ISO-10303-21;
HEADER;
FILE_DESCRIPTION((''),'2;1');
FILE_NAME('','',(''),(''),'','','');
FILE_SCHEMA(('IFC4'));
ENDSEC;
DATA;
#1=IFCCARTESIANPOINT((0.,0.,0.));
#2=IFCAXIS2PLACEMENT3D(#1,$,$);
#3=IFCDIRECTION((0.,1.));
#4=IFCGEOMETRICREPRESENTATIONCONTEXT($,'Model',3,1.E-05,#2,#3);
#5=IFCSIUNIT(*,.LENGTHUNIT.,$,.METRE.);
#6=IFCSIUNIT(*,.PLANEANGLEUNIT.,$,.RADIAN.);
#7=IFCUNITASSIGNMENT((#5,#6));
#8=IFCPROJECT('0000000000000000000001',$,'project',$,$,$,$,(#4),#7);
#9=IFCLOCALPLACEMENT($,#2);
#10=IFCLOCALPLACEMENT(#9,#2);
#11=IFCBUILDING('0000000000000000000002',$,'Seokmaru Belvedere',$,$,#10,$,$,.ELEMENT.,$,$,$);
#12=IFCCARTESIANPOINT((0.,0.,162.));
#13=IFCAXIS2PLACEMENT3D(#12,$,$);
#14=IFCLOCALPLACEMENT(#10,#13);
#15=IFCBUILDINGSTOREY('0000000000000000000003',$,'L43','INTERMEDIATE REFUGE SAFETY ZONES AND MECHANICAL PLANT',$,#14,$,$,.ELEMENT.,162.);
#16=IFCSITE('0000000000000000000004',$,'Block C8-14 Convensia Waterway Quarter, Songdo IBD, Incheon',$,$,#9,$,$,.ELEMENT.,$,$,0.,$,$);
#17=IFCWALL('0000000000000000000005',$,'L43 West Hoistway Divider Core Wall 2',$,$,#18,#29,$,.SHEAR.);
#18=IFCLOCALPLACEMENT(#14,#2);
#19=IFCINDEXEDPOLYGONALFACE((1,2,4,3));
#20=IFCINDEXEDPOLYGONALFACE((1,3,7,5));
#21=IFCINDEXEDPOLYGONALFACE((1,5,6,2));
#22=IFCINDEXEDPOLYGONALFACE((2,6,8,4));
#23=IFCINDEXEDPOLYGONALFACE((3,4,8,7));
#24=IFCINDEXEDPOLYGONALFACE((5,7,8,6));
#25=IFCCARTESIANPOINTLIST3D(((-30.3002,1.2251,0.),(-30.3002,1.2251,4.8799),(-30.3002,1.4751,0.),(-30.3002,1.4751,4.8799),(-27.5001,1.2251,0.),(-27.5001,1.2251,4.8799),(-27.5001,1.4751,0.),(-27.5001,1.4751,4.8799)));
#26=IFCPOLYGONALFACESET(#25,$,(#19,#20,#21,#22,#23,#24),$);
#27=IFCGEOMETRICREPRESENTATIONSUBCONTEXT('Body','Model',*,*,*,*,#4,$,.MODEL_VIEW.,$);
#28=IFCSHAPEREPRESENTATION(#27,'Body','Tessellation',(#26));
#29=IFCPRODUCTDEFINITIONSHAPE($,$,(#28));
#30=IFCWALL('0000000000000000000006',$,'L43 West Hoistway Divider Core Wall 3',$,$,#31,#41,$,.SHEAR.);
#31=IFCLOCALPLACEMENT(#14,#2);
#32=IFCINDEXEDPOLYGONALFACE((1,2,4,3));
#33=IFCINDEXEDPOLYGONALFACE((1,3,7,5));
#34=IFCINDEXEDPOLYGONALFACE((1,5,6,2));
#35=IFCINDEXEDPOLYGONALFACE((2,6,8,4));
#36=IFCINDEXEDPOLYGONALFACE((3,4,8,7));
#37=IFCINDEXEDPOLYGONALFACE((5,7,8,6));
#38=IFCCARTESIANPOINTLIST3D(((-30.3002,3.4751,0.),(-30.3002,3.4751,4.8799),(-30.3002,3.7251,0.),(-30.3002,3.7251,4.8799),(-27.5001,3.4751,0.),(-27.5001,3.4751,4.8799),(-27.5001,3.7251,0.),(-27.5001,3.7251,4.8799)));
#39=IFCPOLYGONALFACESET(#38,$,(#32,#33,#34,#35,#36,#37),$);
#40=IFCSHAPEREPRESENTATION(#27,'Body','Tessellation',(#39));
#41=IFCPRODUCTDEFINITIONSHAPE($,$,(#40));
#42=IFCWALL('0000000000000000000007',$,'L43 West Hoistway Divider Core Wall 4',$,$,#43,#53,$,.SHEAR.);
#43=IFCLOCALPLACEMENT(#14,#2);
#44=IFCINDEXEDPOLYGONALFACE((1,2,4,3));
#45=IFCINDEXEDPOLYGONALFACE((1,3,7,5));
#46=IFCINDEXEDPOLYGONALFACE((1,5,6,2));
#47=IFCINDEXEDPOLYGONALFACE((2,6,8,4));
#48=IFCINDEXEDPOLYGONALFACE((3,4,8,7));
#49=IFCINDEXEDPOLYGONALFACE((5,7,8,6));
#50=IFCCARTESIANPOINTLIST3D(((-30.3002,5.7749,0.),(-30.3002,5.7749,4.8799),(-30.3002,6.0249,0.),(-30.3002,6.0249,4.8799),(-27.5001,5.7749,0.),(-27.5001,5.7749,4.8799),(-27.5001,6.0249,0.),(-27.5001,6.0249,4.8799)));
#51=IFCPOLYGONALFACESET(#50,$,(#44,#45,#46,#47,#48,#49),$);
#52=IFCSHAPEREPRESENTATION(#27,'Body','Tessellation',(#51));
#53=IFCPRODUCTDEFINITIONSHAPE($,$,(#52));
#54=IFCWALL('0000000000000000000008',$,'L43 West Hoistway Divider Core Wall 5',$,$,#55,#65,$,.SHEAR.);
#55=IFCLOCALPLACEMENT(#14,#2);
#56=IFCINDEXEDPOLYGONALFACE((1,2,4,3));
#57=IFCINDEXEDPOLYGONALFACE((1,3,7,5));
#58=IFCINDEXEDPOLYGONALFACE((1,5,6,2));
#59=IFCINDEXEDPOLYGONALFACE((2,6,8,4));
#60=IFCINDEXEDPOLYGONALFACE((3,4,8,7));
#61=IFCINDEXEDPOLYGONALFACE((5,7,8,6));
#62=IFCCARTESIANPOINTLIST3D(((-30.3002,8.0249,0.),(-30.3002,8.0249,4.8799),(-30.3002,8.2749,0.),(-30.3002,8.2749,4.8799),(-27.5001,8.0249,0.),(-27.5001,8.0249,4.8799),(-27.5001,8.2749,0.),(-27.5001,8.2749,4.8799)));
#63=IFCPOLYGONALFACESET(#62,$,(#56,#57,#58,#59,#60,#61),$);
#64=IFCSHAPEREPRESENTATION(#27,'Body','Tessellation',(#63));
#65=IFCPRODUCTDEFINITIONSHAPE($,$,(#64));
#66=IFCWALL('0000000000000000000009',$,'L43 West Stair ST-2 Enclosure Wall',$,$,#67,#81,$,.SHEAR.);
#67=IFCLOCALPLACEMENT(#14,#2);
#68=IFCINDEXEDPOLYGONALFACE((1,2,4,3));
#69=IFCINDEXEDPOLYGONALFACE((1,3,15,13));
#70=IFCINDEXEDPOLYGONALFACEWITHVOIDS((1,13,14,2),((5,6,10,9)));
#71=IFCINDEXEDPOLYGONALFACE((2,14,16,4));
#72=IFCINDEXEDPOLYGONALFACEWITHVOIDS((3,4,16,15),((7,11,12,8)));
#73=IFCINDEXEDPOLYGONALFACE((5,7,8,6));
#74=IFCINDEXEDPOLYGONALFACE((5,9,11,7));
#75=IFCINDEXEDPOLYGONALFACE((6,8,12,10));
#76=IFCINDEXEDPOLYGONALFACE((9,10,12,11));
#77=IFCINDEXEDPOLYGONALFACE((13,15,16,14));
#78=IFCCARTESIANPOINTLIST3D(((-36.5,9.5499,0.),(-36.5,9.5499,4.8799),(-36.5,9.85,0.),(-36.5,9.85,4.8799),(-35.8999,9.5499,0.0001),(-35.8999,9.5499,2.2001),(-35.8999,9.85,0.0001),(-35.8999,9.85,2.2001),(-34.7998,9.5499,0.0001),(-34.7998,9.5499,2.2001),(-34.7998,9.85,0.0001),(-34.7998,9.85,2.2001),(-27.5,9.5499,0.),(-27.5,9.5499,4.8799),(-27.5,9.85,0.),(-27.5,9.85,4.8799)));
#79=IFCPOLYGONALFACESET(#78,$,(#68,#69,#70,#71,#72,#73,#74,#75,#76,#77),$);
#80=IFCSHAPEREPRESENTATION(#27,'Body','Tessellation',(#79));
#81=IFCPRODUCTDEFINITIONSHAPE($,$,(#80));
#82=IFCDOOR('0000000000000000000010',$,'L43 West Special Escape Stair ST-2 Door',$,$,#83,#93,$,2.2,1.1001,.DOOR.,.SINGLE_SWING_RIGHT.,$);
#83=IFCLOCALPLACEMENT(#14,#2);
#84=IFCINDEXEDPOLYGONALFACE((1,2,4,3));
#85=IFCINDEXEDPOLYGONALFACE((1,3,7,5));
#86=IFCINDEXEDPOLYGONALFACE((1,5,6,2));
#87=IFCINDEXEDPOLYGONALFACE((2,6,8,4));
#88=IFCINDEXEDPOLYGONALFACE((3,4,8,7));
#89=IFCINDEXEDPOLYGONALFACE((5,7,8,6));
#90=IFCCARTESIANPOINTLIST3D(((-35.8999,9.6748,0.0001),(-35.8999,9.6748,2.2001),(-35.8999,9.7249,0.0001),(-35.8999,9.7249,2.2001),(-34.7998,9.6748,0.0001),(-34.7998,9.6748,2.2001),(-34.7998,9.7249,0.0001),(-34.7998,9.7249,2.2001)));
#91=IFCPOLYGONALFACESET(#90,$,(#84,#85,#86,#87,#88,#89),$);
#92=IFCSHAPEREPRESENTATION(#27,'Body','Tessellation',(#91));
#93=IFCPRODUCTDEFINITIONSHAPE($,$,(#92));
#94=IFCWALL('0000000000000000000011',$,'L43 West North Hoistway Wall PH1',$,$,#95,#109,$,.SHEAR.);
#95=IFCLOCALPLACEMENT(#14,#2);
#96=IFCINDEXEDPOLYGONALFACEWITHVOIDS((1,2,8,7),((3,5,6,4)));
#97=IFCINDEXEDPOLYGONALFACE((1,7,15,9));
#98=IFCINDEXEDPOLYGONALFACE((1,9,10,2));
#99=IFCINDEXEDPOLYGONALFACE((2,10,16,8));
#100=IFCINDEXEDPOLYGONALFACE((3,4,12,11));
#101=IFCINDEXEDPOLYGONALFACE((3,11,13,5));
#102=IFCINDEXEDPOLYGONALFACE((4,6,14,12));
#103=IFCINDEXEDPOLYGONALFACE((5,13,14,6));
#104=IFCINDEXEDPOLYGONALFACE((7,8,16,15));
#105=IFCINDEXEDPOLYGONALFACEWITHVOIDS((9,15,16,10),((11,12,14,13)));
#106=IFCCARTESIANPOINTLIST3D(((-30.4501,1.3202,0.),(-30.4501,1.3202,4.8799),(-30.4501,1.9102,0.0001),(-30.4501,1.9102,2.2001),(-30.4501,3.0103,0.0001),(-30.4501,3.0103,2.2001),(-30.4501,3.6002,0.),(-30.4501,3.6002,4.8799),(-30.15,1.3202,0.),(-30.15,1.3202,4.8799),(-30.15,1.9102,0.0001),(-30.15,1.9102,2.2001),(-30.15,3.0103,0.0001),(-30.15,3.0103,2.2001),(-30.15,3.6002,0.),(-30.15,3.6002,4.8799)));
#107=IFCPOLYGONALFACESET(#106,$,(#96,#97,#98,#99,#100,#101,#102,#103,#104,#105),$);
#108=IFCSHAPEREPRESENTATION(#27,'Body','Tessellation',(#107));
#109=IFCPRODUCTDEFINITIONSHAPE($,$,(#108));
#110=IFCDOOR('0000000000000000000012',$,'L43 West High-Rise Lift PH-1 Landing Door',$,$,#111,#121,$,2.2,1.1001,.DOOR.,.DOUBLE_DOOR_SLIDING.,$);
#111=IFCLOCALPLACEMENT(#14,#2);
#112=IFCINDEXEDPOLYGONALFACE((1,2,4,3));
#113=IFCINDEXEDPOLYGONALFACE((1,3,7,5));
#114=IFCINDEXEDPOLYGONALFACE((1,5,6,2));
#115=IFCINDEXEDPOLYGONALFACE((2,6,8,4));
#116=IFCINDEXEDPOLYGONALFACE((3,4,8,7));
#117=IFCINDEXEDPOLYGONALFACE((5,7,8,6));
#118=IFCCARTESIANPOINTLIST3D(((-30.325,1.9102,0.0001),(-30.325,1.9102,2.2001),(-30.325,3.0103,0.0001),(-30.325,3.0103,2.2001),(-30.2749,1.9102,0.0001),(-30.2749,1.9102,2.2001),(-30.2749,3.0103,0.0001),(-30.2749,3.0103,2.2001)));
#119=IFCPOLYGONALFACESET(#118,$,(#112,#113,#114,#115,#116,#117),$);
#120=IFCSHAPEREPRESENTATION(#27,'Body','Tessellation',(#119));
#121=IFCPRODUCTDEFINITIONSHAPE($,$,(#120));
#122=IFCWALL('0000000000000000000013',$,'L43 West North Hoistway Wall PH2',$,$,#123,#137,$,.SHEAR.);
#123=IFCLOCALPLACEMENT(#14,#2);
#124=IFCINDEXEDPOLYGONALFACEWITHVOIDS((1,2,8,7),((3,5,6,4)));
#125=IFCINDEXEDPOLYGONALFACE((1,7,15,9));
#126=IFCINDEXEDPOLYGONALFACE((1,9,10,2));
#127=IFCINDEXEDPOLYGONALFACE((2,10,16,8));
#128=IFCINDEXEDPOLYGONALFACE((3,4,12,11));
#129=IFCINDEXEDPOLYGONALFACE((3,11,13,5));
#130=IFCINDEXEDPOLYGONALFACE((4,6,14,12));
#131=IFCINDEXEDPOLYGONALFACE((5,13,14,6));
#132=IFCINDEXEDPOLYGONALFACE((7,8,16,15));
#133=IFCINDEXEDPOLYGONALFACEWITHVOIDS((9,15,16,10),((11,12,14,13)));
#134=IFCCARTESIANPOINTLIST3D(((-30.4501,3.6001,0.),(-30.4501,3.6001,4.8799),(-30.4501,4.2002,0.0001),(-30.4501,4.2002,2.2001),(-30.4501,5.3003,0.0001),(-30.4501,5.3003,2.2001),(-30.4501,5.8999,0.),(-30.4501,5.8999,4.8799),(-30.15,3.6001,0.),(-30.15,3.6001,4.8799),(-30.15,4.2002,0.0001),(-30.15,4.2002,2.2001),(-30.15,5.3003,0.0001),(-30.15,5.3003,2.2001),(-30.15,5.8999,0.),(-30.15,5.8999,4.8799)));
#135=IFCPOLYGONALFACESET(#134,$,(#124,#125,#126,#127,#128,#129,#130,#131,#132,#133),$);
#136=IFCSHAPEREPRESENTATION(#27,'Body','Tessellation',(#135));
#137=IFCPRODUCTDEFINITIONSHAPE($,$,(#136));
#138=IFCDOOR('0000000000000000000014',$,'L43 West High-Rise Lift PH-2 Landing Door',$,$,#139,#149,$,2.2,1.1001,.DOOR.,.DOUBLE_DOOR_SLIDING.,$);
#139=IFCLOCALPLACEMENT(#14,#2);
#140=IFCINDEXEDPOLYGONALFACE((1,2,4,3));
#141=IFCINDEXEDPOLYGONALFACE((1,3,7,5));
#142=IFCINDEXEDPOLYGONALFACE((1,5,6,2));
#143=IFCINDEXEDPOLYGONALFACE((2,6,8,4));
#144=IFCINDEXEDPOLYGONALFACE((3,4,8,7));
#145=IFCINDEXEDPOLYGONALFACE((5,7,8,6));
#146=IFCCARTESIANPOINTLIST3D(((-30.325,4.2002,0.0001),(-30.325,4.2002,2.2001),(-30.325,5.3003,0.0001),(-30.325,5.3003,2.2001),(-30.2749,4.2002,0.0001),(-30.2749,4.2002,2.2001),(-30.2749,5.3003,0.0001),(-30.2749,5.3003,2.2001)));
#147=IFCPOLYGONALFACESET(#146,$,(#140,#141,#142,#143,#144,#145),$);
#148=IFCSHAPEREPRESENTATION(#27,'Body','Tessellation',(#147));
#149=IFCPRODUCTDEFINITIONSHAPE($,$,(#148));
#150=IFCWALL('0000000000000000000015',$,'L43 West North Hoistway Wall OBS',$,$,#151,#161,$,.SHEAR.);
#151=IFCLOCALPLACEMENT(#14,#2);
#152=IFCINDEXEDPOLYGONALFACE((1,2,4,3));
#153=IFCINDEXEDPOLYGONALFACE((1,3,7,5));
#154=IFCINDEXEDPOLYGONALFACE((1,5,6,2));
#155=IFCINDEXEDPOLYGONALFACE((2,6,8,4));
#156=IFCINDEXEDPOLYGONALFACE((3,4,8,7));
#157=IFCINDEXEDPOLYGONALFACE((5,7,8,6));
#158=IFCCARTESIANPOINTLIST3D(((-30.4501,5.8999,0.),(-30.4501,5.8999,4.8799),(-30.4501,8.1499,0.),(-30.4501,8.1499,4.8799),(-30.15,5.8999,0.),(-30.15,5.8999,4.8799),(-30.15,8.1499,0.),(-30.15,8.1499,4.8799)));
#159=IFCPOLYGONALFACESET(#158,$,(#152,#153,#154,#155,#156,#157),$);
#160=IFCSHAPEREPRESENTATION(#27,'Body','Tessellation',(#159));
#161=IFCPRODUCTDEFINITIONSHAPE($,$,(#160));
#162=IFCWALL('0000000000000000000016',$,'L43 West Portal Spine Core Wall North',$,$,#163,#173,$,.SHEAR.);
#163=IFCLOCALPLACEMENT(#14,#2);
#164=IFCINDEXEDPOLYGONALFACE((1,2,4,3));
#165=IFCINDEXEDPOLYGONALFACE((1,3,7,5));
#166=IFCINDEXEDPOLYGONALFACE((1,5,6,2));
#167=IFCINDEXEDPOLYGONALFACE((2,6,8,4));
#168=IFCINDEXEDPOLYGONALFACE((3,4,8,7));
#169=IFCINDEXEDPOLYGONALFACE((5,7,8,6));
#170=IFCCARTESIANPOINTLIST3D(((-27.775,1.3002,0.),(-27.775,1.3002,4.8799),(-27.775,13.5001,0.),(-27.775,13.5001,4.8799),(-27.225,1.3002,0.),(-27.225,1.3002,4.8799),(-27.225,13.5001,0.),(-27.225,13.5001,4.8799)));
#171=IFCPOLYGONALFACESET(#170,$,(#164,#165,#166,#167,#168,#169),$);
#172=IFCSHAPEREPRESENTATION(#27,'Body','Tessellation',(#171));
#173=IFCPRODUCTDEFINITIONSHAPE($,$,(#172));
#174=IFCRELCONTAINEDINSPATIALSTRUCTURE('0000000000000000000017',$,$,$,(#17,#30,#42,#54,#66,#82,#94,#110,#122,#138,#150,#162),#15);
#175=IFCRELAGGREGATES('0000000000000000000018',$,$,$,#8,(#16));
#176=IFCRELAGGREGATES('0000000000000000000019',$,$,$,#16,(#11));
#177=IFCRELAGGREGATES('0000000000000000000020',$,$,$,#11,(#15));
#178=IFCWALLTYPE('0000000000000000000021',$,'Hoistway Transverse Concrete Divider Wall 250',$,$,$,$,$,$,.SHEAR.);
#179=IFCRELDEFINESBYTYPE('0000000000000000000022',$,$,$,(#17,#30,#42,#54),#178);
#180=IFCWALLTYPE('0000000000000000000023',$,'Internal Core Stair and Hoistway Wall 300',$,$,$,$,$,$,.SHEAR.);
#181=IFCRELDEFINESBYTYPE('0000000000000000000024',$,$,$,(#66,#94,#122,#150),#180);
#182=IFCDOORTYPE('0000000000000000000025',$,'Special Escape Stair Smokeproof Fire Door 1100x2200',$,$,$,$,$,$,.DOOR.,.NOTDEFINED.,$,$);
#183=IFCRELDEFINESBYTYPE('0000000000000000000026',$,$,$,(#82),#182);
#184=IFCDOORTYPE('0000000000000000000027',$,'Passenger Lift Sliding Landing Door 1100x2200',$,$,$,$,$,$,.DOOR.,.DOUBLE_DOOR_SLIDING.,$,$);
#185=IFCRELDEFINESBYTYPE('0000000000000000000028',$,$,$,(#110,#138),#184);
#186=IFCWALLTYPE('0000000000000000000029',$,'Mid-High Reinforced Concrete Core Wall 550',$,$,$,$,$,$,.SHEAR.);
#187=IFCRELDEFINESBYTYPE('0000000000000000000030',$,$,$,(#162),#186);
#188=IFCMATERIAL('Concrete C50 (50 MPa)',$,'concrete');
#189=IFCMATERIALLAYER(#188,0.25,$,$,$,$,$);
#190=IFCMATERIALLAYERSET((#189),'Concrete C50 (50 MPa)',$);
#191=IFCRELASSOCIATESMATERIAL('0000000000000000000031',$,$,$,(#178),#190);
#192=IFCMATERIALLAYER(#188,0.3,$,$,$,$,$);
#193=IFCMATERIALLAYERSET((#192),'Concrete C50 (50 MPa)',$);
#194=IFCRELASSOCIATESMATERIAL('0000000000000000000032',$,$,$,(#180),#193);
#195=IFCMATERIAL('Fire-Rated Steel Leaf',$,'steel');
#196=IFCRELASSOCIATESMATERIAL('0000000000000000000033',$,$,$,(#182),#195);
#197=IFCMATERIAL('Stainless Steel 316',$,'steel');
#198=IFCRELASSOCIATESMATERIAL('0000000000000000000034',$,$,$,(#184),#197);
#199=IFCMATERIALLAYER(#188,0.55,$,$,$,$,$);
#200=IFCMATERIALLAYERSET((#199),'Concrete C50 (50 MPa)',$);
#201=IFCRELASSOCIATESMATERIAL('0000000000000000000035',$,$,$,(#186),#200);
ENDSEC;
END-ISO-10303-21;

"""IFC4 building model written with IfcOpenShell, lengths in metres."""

from ifc_helpers import new_model, si_unit, direction, frame, frame_2d, origin, place, context, subcontext, project, spatial, rectangle, extrude, source, transform, mapped, material, layer, layer_set, type_object, type_shapes, element, fill, save


model = new_model("IFC4")

# Units and contexts
model_context = context("Model", 3, precision=1e-05, world=origin(), true_north=direction((0.0, 1.0)))
body_context = subcontext(model_context, "Body", "Model", "MODEL_VIEW")
ifc_project = project(units=[si_unit("LENGTHUNIT", "METRE"), si_unit("PLANEANGLEUNIT", "RADIAN")], contexts=[model_context])

# Site, building, storey
site_placement = place(None, origin())
site = spatial("IfcSite", under=ifc_project, at=site_placement, Name="Block C8-14 Convensia Waterway Quarter, Songdo IBD, Incheon", CompositionType="ELEMENT", RefElevation=0.0)
building_placement = place(site_placement, origin())
building = spatial("IfcBuilding", under=site, at=building_placement, Name="Seokmaru Belvedere", CompositionType="ELEMENT")
storey_placement = place(building_placement, frame((0.0, 0.0, 162.0)))
storey = spatial("IfcBuildingStorey", under=building, at=storey_placement, Name="L43", Description="INTERMEDIATE REFUGE SAFETY ZONES AND MECHANICAL PLANT", CompositionType="ELEMENT", Elevation=162.0)

# Shared definitions
ifc_material_1 = material(Name="Fire-Rated Steel Leaf", Category="steel")

# Walls
ifc_material_2 = material(Name="Concrete C50 (50 MPa)", Category="concrete")
ifc_layer_1 = layer(ifc_material_2, 0.25)
ifc_layer_set_1 = layer_set([ifc_layer_1], Name="Concrete C50 (50 MPa)")
wall_type_1 = type_object("IfcWallType", Name="Hoistway Transverse Concrete Divider Wall 250", PredefinedType="SHEAR", material=ifc_layer_set_1)
for number, where, z_axis, x_axis, name in (
    (1, (-30.3, 1.3501, 0.0), (0.0, 0.0, 1.0), (1.0, 0.0, 0.0), "L43 West Hoistway Divider Core Wall 2"),
    (2, (-30.3, 3.6001, 0.0), (0.0, 0.0, 1.0), (1.0, 0.0, 0.0), "L43 West Hoistway Divider Core Wall 3"),
    (3, (-30.3, 5.8999, 0.0), (0.0, 0.0, 1.0), (1.0, 0.0, 0.0), "L43 West Hoistway Divider Core Wall 4"),
    (4, (-30.3, 8.1499, 0.0), (0.0, 0.0, 1.0), (1.0, 0.0, 0.0), "L43 West Hoistway Divider Core Wall 5"),
):
    element("IfcWall", number, at=place(storey_placement, frame(where, z_axis=z_axis, x_axis=x_axis)), inside=storey, type_object=wall_type_1, Name=name, PredefinedType="SHEAR", context=body_context, shape_type="SweptSolid", body=[
        extrude(rectangle(XDim=2.8, YDim=0.25, at=frame_2d((1.3999, 0.0))), origin(), (0.0, 0.0, 1.0), 4.8799),
    ])

# Walls, openings, doors
ifc_layer_2 = layer(ifc_material_2, 0.3)
ifc_layer_set_2 = layer_set([ifc_layer_2], Name="Concrete C50 (50 MPa)")
wall_type_2 = type_object("IfcWallType", Name="Internal Core Stair and Hoistway Wall 300", PredefinedType="SHEAR", material=ifc_layer_set_2)
wall_1_placement = place(storey_placement, frame((-36.5, 9.7, 0.0), z_axis=(0.0, 0.0, 1.0), x_axis=(1.0, 0.0, 0.0)))
wall_1 = element("IfcWall", 5, at=wall_1_placement, inside=storey, type_object=wall_type_2, Name="L43 West Stair ST-2 Enclosure Wall", PredefinedType="SHEAR", context=body_context, shape_type="SweptSolid", body=[
    extrude(rectangle(XDim=9.0, YDim=0.3, at=frame_2d((4.5, 0.0))), origin(), (0.0, 0.0, 1.0), 4.8799),
])
opening_1_placement = place(wall_1_placement, frame((0.6001, 0.0, 0.0)))
opening_1 = element("IfcOpeningElement", 6, at=opening_1_placement, cuts=wall_1, PredefinedType="OPENING", context=body_context, shape_type="SweptSolid", body=[
    extrude(rectangle(XDim=1.1001, YDim=2.2, at=frame_2d((0.55, 1.1001))), frame((0.0, 0.1602, 0.0), z_axis=(0.0, -1.0, 0.0), x_axis=(1.0, 0.0, 0.0)), (0.0, 0.0, 1.0), 0.3201),
])
door_type_1 = type_object("IfcDoorType", Name="Special Escape Stair Smokeproof Fire Door 1100x2200", OperationType="NOTDEFINED", PredefinedType="DOOR", material=ifc_material_1)
shared_shape_1 = source(origin(), body_context, "Body", "SweptSolid", [
    extrude(rectangle(XDim=1.1001, YDim=2.2, at=frame_2d((0.55, 1.1001))), frame((0.0, 0.0249, 0.0), z_axis=(0.0, -1.0, 0.0), x_axis=(1.0, 0.0, 0.0)), (0.0, 0.0, 1.0), 0.05),
])
type_shapes(door_type_1, [shared_shape_1])
door_1_placement = place(opening_1_placement, origin())
door_1 = element("IfcDoor", 7, at=door_1_placement, inside=storey, type_object=door_type_1, Name="L43 West Special Escape Stair ST-2 Door", OperationType="SINGLE_SWING_RIGHT", OverallHeight=2.2, OverallWidth=1.1001, PredefinedType="DOOR", context=body_context, shape_type="MappedRepresentation", body=[
    mapped(shared_shape_1, transform((0.0, 0.0, 0.0), scale=1.0)),
])
fill(opening_1, door_1)
wall_2_placement = place(storey_placement, frame((-30.3, 1.3201, 0.0), z_axis=(0.0, 0.0, 1.0), x_axis=(0.0, 1.0, 0.0)))
wall_2 = element("IfcWall", 8, at=wall_2_placement, inside=storey, type_object=wall_type_2, Name="L43 West North Hoistway Wall PH1", PredefinedType="SHEAR", context=body_context, shape_type="SweptSolid", body=[
    extrude(rectangle(XDim=2.28, YDim=0.3, at=frame_2d((1.1401, 0.0))), origin(), (0.0, 0.0, 1.0), 4.8799),
])
opening_2_placement = place(wall_2_placement, frame((0.5901, 0.0, 0.0)))
opening_2 = element("IfcOpeningElement", 9, at=opening_2_placement, cuts=wall_2, PredefinedType="OPENING", context=body_context, shape_type="SweptSolid", body=[
    extrude(rectangle(XDim=1.1001, YDim=2.2, at=frame_2d((0.55, 1.1001))), frame((0.0, 0.1602, 0.0), z_axis=(0.0, -1.0, 0.0), x_axis=(1.0, 0.0, 0.0)), (0.0, 0.0, 1.0), 0.3201),
])
ifc_material_3 = material(Name="Stainless Steel 316", Category="steel")
door_type_2 = type_object("IfcDoorType", Name="Passenger Lift Sliding Landing Door 1100x2200", OperationType="DOUBLE_DOOR_SLIDING", PredefinedType="DOOR", material=ifc_material_3)
shared_shape_2 = source(origin(), body_context, "Body", "SweptSolid", [
    extrude(rectangle(XDim=1.1001, YDim=2.2, at=frame_2d((0.55, 1.1001))), frame((0.0, 0.0249, 0.0), z_axis=(0.0, -1.0, 0.0), x_axis=(1.0, 0.0, 0.0)), (0.0, 0.0, 1.0), 0.05),
])
type_shapes(door_type_2, [shared_shape_2])
door_2_placement = place(opening_2_placement, origin())
door_2 = element("IfcDoor", 10, at=door_2_placement, inside=storey, type_object=door_type_2, Name="L43 West High-Rise Lift PH-1 Landing Door", OperationType="DOUBLE_DOOR_SLIDING", OverallHeight=2.2, OverallWidth=1.1001, PredefinedType="DOOR", context=body_context, shape_type="MappedRepresentation", body=[
    mapped(shared_shape_2, transform((0.0, 0.0, 0.0), scale=1.0)),
])
fill(opening_2, door_2)
wall_3_placement = place(storey_placement, frame((-30.3, 3.6001, 0.0), z_axis=(0.0, 0.0, 1.0), x_axis=(0.0, 1.0, 0.0)))
wall_3 = element("IfcWall", 11, at=wall_3_placement, inside=storey, type_object=wall_type_2, Name="L43 West North Hoistway Wall PH2", PredefinedType="SHEAR", context=body_context, shape_type="SweptSolid", body=[
    extrude(rectangle(XDim=2.2998, YDim=0.3, at=frame_2d((1.1499, 0.0))), origin(), (0.0, 0.0, 1.0), 4.8799),
])
opening_3_placement = place(wall_3_placement, frame((0.6001, 0.0, 0.0)))
opening_3 = element("IfcOpeningElement", 12, at=opening_3_placement, cuts=wall_3, PredefinedType="OPENING", context=body_context, shape_type="SweptSolid", body=[
    extrude(rectangle(XDim=1.1001, YDim=2.2, at=frame_2d((0.55, 1.1001))), frame((0.0, 0.1602, 0.0), z_axis=(0.0, -1.0, 0.0), x_axis=(1.0, 0.0, 0.0)), (0.0, 0.0, 1.0), 0.3201),
])
door_3_placement = place(opening_3_placement, origin())
door_3 = element("IfcDoor", 13, at=door_3_placement, inside=storey, type_object=door_type_2, Name="L43 West High-Rise Lift PH-2 Landing Door", OperationType="DOUBLE_DOOR_SLIDING", OverallHeight=2.2, OverallWidth=1.1001, PredefinedType="DOOR", context=body_context, shape_type="MappedRepresentation", body=[
    mapped(shared_shape_2, transform((0.0, 0.0, 0.0), scale=1.0)),
])
fill(opening_3, door_3)

# Wall
wall_4_placement = place(storey_placement, frame((-30.3, 5.8999, 0.0), z_axis=(0.0, 0.0, 1.0), x_axis=(0.0, 1.0, 0.0)))
element("IfcWall", 14, at=wall_4_placement, inside=storey, type_object=wall_type_2, Name="L43 West North Hoistway Wall OBS", PredefinedType="SHEAR", context=body_context, shape_type="SweptSolid", body=[
    extrude(rectangle(XDim=2.25, YDim=0.3, at=frame_2d((1.125, 0.0))), origin(), (0.0, 0.0, 1.0), 4.8799),
])

# Wall
ifc_layer_3 = layer(ifc_material_2, 0.55)
ifc_layer_set_3 = layer_set([ifc_layer_3], Name="Concrete C50 (50 MPa)")
wall_type_3 = type_object("IfcWallType", Name="Mid-High Reinforced Concrete Core Wall 550", PredefinedType="SHEAR", material=ifc_layer_set_3)
wall_5_placement = place(storey_placement, frame((-27.5, 1.3, 0.0), z_axis=(0.0, 0.0, 1.0), x_axis=(0.0, 1.0, 0.0)))
element("IfcWall", 15, at=wall_5_placement, inside=storey, type_object=wall_type_3, Name="L43 West Portal Spine Core Wall North", PredefinedType="SHEAR", context=body_context, shape_type="SweptSolid", body=[
    extrude(rectangle(XDim=12.2, YDim=0.55, at=frame_2d((6.1001, 0.0))), origin(), (0.0, 0.0, 1.0), 4.8799),
])

save(model, "model.ifc")
